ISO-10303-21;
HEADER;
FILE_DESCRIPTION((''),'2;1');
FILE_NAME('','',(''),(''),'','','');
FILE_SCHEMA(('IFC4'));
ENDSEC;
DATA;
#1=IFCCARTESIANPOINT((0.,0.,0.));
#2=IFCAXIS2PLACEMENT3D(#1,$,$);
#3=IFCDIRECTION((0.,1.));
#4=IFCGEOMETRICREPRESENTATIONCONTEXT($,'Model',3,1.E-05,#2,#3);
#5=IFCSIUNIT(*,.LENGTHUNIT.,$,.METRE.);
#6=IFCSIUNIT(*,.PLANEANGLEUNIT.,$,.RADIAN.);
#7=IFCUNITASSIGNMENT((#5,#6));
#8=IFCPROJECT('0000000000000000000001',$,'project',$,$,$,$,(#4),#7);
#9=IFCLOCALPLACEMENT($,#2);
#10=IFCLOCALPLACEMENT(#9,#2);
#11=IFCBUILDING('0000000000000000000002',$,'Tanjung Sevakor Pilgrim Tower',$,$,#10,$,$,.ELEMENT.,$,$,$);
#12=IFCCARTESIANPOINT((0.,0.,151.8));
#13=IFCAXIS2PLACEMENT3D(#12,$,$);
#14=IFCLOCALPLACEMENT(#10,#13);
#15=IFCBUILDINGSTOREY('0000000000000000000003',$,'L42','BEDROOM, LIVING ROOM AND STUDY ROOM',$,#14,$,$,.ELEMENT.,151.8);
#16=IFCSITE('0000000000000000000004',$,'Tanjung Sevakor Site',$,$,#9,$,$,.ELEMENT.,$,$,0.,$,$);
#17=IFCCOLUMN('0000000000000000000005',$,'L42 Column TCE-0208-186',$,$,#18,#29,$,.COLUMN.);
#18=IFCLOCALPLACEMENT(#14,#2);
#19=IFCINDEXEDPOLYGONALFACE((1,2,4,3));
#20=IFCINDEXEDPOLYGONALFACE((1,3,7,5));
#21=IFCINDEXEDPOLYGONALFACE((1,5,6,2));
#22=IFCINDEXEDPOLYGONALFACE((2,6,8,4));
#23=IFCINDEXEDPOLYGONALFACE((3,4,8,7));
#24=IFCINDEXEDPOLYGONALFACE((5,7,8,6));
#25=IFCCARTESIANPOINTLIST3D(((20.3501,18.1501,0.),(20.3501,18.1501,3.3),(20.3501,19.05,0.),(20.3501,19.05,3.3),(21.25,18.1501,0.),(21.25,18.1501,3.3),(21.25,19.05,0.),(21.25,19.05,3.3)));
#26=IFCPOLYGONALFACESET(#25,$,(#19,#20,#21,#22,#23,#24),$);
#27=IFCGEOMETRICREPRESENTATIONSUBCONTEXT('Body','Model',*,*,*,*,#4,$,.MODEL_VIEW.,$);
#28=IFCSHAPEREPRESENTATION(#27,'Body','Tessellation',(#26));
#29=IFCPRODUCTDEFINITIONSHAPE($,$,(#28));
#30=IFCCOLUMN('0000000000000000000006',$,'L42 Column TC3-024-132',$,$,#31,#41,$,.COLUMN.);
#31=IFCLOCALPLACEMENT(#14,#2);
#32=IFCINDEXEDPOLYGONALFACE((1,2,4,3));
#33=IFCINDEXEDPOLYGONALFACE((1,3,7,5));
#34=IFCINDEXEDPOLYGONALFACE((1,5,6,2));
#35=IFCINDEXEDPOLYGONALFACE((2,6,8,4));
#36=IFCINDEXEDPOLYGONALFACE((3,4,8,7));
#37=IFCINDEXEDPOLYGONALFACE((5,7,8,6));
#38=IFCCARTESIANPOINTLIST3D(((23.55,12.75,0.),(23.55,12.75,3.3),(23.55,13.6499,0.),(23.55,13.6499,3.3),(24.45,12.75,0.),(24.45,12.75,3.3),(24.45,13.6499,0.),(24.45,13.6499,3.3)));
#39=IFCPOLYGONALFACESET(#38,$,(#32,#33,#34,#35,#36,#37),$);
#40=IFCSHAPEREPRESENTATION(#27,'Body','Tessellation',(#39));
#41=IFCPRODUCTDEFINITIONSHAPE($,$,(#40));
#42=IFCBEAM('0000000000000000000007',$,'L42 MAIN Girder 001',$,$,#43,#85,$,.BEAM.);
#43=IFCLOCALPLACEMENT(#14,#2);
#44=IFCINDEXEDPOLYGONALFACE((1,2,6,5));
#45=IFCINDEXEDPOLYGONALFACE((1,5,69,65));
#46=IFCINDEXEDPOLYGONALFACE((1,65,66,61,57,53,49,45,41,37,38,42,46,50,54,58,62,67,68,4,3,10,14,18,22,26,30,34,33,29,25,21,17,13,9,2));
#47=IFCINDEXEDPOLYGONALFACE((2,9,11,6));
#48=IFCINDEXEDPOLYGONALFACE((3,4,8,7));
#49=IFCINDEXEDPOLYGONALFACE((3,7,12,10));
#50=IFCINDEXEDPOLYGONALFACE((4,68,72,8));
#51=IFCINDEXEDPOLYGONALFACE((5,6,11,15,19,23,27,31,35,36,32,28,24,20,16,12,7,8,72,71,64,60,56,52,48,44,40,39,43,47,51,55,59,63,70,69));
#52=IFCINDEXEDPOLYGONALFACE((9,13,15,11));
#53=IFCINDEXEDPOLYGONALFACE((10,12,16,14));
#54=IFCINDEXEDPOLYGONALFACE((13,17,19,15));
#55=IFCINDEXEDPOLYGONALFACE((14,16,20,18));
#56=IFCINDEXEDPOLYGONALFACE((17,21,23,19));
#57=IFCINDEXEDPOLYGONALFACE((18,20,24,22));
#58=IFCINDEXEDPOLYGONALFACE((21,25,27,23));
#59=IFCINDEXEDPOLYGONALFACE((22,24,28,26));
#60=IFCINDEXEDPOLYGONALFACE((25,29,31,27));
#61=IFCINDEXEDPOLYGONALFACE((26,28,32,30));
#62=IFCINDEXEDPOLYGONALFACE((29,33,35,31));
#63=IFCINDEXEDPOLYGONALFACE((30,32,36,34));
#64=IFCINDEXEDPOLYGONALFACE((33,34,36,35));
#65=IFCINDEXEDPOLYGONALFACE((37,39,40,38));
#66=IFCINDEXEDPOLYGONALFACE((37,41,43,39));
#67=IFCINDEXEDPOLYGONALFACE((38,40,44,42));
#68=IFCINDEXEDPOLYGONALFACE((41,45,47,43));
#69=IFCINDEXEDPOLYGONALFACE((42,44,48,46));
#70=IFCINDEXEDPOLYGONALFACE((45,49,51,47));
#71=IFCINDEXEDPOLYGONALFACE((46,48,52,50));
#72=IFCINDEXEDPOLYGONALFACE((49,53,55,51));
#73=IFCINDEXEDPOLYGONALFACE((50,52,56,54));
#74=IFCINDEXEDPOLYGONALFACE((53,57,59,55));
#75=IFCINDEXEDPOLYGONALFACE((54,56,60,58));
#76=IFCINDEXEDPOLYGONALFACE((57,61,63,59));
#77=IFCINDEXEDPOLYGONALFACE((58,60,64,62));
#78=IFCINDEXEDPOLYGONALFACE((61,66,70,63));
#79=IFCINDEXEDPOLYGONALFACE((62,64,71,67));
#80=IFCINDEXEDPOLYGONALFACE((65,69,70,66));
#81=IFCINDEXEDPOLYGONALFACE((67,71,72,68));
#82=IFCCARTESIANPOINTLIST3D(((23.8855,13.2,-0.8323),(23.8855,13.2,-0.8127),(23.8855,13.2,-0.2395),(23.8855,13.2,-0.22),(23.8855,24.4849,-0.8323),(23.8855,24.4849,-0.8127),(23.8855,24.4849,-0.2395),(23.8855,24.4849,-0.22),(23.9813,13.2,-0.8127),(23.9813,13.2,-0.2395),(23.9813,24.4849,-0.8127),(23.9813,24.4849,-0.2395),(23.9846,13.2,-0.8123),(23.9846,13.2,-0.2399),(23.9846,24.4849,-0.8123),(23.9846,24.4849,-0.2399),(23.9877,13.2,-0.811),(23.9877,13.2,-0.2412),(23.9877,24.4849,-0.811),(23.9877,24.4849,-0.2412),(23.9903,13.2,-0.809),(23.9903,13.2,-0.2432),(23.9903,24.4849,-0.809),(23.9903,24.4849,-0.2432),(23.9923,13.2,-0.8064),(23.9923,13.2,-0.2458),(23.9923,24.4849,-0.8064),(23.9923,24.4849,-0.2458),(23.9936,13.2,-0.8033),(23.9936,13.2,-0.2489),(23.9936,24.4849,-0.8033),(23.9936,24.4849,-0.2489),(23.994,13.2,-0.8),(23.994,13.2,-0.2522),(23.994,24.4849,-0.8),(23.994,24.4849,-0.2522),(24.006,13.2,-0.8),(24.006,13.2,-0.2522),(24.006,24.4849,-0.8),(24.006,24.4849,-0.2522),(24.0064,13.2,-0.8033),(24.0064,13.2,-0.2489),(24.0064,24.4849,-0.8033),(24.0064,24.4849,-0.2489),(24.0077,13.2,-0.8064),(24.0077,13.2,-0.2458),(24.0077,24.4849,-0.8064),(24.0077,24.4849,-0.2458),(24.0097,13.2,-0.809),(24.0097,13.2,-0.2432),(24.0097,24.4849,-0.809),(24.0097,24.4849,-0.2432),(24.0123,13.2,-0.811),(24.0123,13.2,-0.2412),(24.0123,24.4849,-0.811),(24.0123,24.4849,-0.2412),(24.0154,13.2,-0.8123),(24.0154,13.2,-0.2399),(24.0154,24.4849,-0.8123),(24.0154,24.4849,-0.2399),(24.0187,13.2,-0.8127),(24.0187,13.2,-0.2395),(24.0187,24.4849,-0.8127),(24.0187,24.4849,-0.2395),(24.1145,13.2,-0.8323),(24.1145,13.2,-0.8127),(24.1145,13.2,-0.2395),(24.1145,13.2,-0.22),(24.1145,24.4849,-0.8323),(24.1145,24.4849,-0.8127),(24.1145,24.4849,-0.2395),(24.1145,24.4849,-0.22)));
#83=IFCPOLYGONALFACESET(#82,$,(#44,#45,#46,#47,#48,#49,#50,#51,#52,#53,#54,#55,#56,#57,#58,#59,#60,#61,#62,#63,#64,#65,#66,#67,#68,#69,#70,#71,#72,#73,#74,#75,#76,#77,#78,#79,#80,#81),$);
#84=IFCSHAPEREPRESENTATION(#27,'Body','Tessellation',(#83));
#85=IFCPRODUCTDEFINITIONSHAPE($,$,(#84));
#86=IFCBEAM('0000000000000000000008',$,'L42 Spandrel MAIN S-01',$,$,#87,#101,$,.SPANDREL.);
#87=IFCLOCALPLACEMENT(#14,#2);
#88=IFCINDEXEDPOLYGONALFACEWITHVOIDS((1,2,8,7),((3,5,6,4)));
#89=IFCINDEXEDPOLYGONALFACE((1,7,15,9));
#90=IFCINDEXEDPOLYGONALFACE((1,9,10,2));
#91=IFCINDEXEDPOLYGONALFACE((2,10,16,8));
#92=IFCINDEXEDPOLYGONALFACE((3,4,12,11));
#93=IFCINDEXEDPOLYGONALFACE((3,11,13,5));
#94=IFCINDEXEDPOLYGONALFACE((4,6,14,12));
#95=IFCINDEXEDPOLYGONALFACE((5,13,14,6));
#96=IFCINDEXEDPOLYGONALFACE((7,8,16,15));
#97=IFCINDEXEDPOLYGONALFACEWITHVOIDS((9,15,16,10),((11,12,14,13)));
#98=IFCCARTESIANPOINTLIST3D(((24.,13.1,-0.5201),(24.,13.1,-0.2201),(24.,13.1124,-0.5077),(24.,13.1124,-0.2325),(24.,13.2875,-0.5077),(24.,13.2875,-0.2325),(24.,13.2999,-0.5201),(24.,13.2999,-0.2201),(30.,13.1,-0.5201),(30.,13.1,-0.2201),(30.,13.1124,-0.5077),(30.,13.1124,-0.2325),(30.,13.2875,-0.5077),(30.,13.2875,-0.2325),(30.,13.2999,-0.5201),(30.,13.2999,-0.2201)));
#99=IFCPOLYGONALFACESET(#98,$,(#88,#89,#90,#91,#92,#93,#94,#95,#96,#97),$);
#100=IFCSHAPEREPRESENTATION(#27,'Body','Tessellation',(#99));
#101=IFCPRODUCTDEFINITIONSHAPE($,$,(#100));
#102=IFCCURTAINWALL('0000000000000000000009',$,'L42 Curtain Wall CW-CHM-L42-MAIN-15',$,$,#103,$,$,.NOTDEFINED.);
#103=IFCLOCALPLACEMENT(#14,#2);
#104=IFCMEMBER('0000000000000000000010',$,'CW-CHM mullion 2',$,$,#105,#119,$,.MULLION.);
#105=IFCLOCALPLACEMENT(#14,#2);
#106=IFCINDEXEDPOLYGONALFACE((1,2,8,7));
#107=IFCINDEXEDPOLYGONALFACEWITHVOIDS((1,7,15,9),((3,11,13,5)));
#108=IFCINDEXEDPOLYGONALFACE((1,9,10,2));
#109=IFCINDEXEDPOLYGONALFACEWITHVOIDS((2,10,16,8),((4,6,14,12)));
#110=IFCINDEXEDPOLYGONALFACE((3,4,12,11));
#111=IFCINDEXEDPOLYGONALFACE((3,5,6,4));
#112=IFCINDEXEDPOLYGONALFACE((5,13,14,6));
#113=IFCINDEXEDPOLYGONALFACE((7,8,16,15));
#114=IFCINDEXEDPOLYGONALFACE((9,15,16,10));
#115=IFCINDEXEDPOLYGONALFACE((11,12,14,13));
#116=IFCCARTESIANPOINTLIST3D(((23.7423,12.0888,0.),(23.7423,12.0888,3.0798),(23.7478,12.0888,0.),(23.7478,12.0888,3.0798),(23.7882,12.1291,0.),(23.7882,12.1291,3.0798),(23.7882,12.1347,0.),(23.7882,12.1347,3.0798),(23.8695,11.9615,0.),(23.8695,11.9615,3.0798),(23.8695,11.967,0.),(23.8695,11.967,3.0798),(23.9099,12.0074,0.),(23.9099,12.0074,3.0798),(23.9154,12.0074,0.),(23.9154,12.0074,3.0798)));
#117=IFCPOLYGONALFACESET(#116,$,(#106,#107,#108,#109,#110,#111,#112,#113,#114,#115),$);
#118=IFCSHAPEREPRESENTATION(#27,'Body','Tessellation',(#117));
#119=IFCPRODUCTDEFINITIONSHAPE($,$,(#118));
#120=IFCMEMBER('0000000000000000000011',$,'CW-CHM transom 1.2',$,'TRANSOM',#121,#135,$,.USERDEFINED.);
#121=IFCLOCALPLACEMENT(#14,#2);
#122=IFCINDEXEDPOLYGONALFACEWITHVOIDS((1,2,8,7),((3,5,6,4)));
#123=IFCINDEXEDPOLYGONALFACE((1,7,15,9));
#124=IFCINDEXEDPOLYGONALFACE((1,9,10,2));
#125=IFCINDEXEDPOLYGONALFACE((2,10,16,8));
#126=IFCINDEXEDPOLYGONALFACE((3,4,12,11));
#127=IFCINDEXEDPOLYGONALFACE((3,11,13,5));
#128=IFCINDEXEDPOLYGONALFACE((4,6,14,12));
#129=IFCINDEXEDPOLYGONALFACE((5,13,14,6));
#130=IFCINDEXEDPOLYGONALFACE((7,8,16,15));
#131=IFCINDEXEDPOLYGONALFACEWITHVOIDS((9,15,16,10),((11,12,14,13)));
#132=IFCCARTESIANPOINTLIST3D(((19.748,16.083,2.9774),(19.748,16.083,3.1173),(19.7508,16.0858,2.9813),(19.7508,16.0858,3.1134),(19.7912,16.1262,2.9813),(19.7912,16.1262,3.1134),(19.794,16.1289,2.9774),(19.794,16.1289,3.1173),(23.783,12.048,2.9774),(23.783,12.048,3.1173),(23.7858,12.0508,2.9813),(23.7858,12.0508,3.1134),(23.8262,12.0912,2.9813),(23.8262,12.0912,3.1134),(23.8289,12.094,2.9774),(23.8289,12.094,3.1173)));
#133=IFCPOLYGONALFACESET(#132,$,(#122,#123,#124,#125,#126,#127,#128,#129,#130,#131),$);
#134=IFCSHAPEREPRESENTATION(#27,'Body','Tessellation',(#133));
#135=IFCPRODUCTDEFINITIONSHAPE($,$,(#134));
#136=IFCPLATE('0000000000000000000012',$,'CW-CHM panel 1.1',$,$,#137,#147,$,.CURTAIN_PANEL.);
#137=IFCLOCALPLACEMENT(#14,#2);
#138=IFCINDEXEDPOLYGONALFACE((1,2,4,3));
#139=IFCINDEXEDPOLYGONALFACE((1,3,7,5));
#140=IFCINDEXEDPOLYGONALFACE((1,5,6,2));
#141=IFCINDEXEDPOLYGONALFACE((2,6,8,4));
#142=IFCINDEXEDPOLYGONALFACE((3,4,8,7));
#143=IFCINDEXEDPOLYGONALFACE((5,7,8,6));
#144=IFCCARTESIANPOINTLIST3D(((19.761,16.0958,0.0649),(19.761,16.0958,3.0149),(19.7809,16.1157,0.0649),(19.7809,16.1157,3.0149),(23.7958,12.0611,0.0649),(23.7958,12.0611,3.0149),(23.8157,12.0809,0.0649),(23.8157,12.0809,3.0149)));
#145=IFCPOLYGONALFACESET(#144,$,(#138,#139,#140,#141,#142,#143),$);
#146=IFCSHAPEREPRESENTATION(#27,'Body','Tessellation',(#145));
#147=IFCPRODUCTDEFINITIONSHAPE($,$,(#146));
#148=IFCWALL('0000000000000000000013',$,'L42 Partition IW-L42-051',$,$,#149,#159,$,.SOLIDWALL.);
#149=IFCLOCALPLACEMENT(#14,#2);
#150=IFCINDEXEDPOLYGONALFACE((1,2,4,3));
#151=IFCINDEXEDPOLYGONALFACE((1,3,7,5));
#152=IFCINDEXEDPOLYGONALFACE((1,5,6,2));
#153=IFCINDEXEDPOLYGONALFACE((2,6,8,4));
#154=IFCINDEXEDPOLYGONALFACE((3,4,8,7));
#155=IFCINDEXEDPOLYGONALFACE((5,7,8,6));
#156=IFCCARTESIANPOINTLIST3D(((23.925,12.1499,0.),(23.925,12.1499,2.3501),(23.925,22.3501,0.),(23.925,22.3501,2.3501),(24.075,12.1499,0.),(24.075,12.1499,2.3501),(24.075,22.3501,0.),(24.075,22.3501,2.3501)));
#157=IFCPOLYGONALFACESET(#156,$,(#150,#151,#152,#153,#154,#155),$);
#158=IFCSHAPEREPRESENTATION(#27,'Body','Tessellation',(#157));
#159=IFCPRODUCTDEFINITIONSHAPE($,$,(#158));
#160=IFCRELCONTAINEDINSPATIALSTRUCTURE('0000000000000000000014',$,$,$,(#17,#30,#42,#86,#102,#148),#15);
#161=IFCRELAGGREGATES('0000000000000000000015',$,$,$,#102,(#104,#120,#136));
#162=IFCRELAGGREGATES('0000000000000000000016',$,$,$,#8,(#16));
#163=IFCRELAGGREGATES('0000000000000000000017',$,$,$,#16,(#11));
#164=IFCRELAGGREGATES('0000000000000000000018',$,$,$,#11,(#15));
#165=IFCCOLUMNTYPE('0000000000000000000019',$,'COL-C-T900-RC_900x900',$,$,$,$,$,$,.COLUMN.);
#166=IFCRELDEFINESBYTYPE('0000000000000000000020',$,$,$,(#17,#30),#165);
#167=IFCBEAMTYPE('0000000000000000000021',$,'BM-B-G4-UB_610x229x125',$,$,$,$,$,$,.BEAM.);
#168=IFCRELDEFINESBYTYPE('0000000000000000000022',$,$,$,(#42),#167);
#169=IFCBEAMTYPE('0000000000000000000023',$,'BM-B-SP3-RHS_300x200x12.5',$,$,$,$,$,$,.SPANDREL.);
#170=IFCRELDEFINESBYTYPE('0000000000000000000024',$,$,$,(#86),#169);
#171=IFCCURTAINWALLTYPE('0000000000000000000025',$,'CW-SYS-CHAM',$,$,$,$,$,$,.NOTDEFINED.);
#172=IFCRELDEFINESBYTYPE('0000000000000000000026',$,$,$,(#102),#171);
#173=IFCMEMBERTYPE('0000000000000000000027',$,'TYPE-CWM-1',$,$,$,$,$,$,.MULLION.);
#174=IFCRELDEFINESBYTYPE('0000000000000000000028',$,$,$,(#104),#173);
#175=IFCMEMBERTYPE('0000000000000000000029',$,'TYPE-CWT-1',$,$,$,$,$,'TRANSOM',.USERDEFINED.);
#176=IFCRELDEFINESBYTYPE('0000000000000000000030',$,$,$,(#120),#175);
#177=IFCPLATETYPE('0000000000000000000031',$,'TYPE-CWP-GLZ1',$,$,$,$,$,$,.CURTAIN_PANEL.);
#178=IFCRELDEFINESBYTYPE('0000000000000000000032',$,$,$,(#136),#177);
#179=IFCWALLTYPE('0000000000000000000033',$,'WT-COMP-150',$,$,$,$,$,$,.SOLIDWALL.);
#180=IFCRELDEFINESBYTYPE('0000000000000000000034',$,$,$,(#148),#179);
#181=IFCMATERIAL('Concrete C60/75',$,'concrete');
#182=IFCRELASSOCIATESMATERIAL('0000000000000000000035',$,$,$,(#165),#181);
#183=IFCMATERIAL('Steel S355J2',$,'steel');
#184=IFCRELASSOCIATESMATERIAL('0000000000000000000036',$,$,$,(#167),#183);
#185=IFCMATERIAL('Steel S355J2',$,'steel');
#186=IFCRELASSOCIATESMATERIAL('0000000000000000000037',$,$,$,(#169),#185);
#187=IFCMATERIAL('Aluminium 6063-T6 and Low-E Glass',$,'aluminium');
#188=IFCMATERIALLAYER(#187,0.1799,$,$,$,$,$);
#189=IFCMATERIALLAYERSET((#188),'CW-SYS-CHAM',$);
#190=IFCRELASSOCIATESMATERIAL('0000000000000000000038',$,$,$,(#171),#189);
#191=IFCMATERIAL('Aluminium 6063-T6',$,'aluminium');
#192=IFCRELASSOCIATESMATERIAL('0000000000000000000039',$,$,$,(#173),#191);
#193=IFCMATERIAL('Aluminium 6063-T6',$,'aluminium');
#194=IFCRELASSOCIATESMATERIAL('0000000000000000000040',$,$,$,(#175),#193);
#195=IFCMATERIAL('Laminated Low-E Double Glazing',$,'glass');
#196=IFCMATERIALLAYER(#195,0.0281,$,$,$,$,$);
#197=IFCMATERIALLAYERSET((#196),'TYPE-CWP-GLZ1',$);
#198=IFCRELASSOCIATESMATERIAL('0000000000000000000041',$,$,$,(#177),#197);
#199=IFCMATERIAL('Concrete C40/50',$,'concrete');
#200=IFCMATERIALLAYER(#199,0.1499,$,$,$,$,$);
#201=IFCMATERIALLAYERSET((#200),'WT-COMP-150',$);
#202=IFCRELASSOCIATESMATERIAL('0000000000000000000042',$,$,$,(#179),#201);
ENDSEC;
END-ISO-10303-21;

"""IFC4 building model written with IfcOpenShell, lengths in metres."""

from ifc_helpers import new_model, si_unit, direction, frame, frame_2d, origin, origin_2d, place, context, subcontext, project, spatial, rectangle, hollow_rectangle, i_section, extrude, material, layer, layer_set, material_profile, profile_set, type_object, element, aggregate, save


model = new_model("IFC4")

# Units and contexts
model_context = context("Model", 3, precision=1e-05, world=origin(), true_north=direction((0.0, 1.0)))
body_context = subcontext(model_context, "Body", "Model", "MODEL_VIEW")
ifc_project = project(units=[si_unit("LENGTHUNIT", "METRE"), si_unit("PLANEANGLEUNIT", "RADIAN")], contexts=[model_context])

# Site, building, storey
site_placement = place(None, origin())
site = spatial("IfcSite", under=ifc_project, at=site_placement, Name="Tanjung Sevakor Site", CompositionType="ELEMENT", RefElevation=0.0)
building_placement = place(site_placement, origin())
building = spatial("IfcBuilding", under=site, at=building_placement, Name="Tanjung Sevakor Pilgrim Tower", CompositionType="ELEMENT")
storey_placement = place(building_placement, frame((0.0, 0.0, 151.8)))
storey = spatial("IfcBuildingStorey", under=building, at=storey_placement, Name="L42", Description="BEDROOM, LIVING ROOM AND STUDY ROOM", CompositionType="ELEMENT", Elevation=151.8)

# Columns
ifc_material_1 = material(Name="Concrete C60/75", Category="concrete")
ifc_material_profile_1 = material_profile(ifc_material_1, rectangle(XDim=0.8999, YDim=0.8999, at=origin_2d()))
ifc_profile_set_1 = profile_set([ifc_material_profile_1], Name="Concrete C60/75")
column_type = type_object("IfcColumnType", Name="COL-C-T900-RC_900x900", PredefinedType="COLUMN", material=ifc_profile_set_1)
for number, where, z_axis, x_axis, name in (
    (1, (20.8, 18.6001, 0.0), (0.0, 0.0, 1.0), (1.0, 0.0, 0.0), "L42 Column TCE-0208-186"),
    (2, (24.0, 13.2, 0.0), (0.0, 0.0, 1.0), (1.0, 0.0, 0.0), "L42 Column TC3-024-132"),
):
    element("IfcColumn", number, at=place(storey_placement, frame(where, z_axis=z_axis, x_axis=x_axis)), inside=storey, type_object=column_type, Name=name, PredefinedType="COLUMN", context=body_context, shape_type="SweptSolid", body=[
        extrude(rectangle(XDim=0.8999, YDim=0.8999, at=origin_2d()), origin(), (0.0, 0.0, 1.0), 3.3),
    ])

# Beams
ifc_material_2 = material(Name="Steel S355J2", Category="steel")
ifc_material_profile_2 = material_profile(ifc_material_2, i_section(OverallWidth=0.229, OverallDepth=0.6123, WebThickness=0.012, FlangeThickness=0.0195, FilletRadius=0.0127, at=origin_2d()))
ifc_profile_set_2 = profile_set([ifc_material_profile_2], Name="Steel S355J2")
beam_type_1 = type_object("IfcBeamType", Name="BM-B-G4-UB_610x229x125", PredefinedType="BEAM", material=ifc_profile_set_2)
beam_1_placement = place(storey_placement, frame((24.0, 13.2, -0.5261), z_axis=(0.0, 1.0, 0.0), x_axis=(-1.0, 0.0, 0.0)))
element("IfcBeam", 3, at=beam_1_placement, inside=storey, type_object=beam_type_1, Name="L42 MAIN Girder 001", PredefinedType="BEAM", context=body_context, shape_type="SweptSolid", body=[
    extrude(i_section(OverallWidth=0.229, OverallDepth=0.6123, WebThickness=0.012, FlangeThickness=0.0195, FilletRadius=0.0127, at=origin_2d()), origin(), (0.0, 0.0, 1.0), 11.2849),
])
ifc_material_3 = material(Name="Steel S355J2", Category="steel")
ifc_material_profile_3 = material_profile(ifc_material_3, hollow_rectangle(XDim=0.2, YDim=0.3, WallThickness=0.0125, at=origin_2d()))
ifc_profile_set_3 = profile_set([ifc_material_profile_3], Name="Steel S355J2")
beam_type_2 = type_object("IfcBeamType", Name="BM-B-SP3-RHS_300x200x12.5", PredefinedType="SPANDREL", material=ifc_profile_set_3)
beam_2_placement = place(storey_placement, frame((24.0, 13.2, -0.3701), z_axis=(1.0, 0.0, 0.0), x_axis=(0.0, 1.0, 0.0)))
element("IfcBeam", 4, at=beam_2_placement, inside=storey, type_object=beam_type_2, Name="L42 Spandrel MAIN S-01", PredefinedType="SPANDREL", context=body_context, shape_type="SweptSolid", body=[
    extrude(hollow_rectangle(XDim=0.2, YDim=0.3, WallThickness=0.0125, at=origin_2d()), origin(), (0.0, 0.0, 1.0), 6.0),
])

# Curtain wall, members, plate
ifc_material_4 = material(Name="Aluminium 6063-T6 and Low-E Glass", Category="aluminium")
ifc_layer_1 = layer(ifc_material_4, 0.1799)
ifc_layer_set_1 = layer_set([ifc_layer_1], Name="CW-SYS-CHAM")
curtain_wall_type = type_object("IfcCurtainWallType", Name="CW-SYS-CHAM", PredefinedType="NOTDEFINED", material=ifc_layer_set_1)
curtain_wall_placement = place(storey_placement, origin())
curtain_wall = element("IfcCurtainWall", 5, at=curtain_wall_placement, inside=storey, type_object=curtain_wall_type, Name="L42 Curtain Wall CW-CHM-L42-MAIN-15", PredefinedType="NOTDEFINED")
ifc_material_5 = material(Name="Aluminium 6063-T6", Category="aluminium")
ifc_material_profile_4 = material_profile(ifc_material_5, hollow_rectangle(XDim=0.0649, YDim=0.1799, WallThickness=0.0039, at=origin_2d()))
ifc_profile_set_4 = profile_set([ifc_material_profile_4], Name="Aluminium 6063-T6")
member_type_1 = type_object("IfcMemberType", Name="TYPE-CWM-1", PredefinedType="MULLION", material=ifc_profile_set_4)
member_1_placement = place(storey_placement, frame((23.8289, 12.0481, 0.0), z_axis=(0.0, 0.0, 1.0), x_axis=(0.707107, 0.707107, 0.0)))
member_1 = element("IfcMember", 6, at=member_1_placement, type_object=member_type_1, Name="CW-CHM mullion 2", PredefinedType="MULLION", context=body_context, shape_type="SweptSolid", body=[
    extrude(hollow_rectangle(XDim=0.0649, YDim=0.1799, WallThickness=0.0039, at=origin_2d()), origin(), (0.0, 0.0, 1.0), 3.0798),
])
ifc_material_6 = material(Name="Aluminium 6063-T6", Category="aluminium")
ifc_material_profile_5 = material_profile(ifc_material_6, hollow_rectangle(XDim=0.0649, YDim=0.1399, WallThickness=0.0039, at=origin_2d()))
ifc_profile_set_5 = profile_set([ifc_material_profile_5], Name="Aluminium 6063-T6")
member_type_2 = type_object("IfcMemberType", Name="TYPE-CWT-1", ElementType="TRANSOM", PredefinedType="USERDEFINED", material=ifc_profile_set_5)
member_2_placement = place(storey_placement, frame((19.771, 16.106, 3.0474), z_axis=(0.707107, -0.707107, 0.0), x_axis=(0.707107, 0.707107, 0.0)))
member_2 = element("IfcMember", 7, at=member_2_placement, type_object=member_type_2, Name="CW-CHM transom 1.2", ObjectType="TRANSOM", PredefinedType="USERDEFINED", context=body_context, shape_type="SweptSolid", body=[
    extrude(hollow_rectangle(XDim=0.0649, YDim=0.1399, WallThickness=0.0039, at=origin_2d()), origin(), (0.0, 0.0, 1.0), 5.7063),
])
ifc_material_7 = material(Name="Laminated Low-E Double Glazing", Category="glass")
ifc_layer_2 = layer(ifc_material_7, 0.0281)
ifc_layer_set_2 = layer_set([ifc_layer_2], Name="TYPE-CWP-GLZ1")
plate_type = type_object("IfcPlateType", Name="TYPE-CWP-GLZ1", PredefinedType="CURTAIN_PANEL", material=ifc_layer_set_2)
plate_placement = place(storey_placement, frame((21.7883, 14.0884, 0.0649), z_axis=(0.0, 0.0, 1.0), x_axis=(0.707107, -0.707107, 0.0)))
plate = element("IfcPlate", 8, at=plate_placement, type_object=plate_type, Name="CW-CHM panel 1.1", PredefinedType="CURTAIN_PANEL", context=body_context, shape_type="SweptSolid", body=[
    extrude(rectangle(XDim=5.7061, YDim=0.0281, at=origin_2d()), origin(), (0.0, 0.0, 1.0), 2.95),
])
aggregate(curtain_wall, [member_1, member_2, plate])

# Wall
ifc_material_8 = material(Name="Concrete C40/50", Category="concrete")
ifc_layer_3 = layer(ifc_material_8, 0.1499)
ifc_layer_set_3 = layer_set([ifc_layer_3], Name="WT-COMP-150")
wall_type_1 = type_object("IfcWallType", Name="WT-COMP-150", PredefinedType="SOLIDWALL", material=ifc_layer_set_3)
wall_1_placement = place(storey_placement, frame((24.0, 12.1499, 0.0), z_axis=(0.0, 0.0, 1.0), x_axis=(0.0, 1.0, 0.0)))
element("IfcWall", 9, at=wall_1_placement, inside=storey, type_object=wall_type_1, Name="L42 Partition IW-L42-051", PredefinedType="SOLIDWALL", context=body_context, shape_type="SweptSolid", body=[
    extrude(rectangle(XDim=10.2002, YDim=0.1499, at=frame_2d((5.1001, 0.0))), origin(), (0.0, 0.0, 1.0), 2.3501),
])

save(model, "model.ifc")
